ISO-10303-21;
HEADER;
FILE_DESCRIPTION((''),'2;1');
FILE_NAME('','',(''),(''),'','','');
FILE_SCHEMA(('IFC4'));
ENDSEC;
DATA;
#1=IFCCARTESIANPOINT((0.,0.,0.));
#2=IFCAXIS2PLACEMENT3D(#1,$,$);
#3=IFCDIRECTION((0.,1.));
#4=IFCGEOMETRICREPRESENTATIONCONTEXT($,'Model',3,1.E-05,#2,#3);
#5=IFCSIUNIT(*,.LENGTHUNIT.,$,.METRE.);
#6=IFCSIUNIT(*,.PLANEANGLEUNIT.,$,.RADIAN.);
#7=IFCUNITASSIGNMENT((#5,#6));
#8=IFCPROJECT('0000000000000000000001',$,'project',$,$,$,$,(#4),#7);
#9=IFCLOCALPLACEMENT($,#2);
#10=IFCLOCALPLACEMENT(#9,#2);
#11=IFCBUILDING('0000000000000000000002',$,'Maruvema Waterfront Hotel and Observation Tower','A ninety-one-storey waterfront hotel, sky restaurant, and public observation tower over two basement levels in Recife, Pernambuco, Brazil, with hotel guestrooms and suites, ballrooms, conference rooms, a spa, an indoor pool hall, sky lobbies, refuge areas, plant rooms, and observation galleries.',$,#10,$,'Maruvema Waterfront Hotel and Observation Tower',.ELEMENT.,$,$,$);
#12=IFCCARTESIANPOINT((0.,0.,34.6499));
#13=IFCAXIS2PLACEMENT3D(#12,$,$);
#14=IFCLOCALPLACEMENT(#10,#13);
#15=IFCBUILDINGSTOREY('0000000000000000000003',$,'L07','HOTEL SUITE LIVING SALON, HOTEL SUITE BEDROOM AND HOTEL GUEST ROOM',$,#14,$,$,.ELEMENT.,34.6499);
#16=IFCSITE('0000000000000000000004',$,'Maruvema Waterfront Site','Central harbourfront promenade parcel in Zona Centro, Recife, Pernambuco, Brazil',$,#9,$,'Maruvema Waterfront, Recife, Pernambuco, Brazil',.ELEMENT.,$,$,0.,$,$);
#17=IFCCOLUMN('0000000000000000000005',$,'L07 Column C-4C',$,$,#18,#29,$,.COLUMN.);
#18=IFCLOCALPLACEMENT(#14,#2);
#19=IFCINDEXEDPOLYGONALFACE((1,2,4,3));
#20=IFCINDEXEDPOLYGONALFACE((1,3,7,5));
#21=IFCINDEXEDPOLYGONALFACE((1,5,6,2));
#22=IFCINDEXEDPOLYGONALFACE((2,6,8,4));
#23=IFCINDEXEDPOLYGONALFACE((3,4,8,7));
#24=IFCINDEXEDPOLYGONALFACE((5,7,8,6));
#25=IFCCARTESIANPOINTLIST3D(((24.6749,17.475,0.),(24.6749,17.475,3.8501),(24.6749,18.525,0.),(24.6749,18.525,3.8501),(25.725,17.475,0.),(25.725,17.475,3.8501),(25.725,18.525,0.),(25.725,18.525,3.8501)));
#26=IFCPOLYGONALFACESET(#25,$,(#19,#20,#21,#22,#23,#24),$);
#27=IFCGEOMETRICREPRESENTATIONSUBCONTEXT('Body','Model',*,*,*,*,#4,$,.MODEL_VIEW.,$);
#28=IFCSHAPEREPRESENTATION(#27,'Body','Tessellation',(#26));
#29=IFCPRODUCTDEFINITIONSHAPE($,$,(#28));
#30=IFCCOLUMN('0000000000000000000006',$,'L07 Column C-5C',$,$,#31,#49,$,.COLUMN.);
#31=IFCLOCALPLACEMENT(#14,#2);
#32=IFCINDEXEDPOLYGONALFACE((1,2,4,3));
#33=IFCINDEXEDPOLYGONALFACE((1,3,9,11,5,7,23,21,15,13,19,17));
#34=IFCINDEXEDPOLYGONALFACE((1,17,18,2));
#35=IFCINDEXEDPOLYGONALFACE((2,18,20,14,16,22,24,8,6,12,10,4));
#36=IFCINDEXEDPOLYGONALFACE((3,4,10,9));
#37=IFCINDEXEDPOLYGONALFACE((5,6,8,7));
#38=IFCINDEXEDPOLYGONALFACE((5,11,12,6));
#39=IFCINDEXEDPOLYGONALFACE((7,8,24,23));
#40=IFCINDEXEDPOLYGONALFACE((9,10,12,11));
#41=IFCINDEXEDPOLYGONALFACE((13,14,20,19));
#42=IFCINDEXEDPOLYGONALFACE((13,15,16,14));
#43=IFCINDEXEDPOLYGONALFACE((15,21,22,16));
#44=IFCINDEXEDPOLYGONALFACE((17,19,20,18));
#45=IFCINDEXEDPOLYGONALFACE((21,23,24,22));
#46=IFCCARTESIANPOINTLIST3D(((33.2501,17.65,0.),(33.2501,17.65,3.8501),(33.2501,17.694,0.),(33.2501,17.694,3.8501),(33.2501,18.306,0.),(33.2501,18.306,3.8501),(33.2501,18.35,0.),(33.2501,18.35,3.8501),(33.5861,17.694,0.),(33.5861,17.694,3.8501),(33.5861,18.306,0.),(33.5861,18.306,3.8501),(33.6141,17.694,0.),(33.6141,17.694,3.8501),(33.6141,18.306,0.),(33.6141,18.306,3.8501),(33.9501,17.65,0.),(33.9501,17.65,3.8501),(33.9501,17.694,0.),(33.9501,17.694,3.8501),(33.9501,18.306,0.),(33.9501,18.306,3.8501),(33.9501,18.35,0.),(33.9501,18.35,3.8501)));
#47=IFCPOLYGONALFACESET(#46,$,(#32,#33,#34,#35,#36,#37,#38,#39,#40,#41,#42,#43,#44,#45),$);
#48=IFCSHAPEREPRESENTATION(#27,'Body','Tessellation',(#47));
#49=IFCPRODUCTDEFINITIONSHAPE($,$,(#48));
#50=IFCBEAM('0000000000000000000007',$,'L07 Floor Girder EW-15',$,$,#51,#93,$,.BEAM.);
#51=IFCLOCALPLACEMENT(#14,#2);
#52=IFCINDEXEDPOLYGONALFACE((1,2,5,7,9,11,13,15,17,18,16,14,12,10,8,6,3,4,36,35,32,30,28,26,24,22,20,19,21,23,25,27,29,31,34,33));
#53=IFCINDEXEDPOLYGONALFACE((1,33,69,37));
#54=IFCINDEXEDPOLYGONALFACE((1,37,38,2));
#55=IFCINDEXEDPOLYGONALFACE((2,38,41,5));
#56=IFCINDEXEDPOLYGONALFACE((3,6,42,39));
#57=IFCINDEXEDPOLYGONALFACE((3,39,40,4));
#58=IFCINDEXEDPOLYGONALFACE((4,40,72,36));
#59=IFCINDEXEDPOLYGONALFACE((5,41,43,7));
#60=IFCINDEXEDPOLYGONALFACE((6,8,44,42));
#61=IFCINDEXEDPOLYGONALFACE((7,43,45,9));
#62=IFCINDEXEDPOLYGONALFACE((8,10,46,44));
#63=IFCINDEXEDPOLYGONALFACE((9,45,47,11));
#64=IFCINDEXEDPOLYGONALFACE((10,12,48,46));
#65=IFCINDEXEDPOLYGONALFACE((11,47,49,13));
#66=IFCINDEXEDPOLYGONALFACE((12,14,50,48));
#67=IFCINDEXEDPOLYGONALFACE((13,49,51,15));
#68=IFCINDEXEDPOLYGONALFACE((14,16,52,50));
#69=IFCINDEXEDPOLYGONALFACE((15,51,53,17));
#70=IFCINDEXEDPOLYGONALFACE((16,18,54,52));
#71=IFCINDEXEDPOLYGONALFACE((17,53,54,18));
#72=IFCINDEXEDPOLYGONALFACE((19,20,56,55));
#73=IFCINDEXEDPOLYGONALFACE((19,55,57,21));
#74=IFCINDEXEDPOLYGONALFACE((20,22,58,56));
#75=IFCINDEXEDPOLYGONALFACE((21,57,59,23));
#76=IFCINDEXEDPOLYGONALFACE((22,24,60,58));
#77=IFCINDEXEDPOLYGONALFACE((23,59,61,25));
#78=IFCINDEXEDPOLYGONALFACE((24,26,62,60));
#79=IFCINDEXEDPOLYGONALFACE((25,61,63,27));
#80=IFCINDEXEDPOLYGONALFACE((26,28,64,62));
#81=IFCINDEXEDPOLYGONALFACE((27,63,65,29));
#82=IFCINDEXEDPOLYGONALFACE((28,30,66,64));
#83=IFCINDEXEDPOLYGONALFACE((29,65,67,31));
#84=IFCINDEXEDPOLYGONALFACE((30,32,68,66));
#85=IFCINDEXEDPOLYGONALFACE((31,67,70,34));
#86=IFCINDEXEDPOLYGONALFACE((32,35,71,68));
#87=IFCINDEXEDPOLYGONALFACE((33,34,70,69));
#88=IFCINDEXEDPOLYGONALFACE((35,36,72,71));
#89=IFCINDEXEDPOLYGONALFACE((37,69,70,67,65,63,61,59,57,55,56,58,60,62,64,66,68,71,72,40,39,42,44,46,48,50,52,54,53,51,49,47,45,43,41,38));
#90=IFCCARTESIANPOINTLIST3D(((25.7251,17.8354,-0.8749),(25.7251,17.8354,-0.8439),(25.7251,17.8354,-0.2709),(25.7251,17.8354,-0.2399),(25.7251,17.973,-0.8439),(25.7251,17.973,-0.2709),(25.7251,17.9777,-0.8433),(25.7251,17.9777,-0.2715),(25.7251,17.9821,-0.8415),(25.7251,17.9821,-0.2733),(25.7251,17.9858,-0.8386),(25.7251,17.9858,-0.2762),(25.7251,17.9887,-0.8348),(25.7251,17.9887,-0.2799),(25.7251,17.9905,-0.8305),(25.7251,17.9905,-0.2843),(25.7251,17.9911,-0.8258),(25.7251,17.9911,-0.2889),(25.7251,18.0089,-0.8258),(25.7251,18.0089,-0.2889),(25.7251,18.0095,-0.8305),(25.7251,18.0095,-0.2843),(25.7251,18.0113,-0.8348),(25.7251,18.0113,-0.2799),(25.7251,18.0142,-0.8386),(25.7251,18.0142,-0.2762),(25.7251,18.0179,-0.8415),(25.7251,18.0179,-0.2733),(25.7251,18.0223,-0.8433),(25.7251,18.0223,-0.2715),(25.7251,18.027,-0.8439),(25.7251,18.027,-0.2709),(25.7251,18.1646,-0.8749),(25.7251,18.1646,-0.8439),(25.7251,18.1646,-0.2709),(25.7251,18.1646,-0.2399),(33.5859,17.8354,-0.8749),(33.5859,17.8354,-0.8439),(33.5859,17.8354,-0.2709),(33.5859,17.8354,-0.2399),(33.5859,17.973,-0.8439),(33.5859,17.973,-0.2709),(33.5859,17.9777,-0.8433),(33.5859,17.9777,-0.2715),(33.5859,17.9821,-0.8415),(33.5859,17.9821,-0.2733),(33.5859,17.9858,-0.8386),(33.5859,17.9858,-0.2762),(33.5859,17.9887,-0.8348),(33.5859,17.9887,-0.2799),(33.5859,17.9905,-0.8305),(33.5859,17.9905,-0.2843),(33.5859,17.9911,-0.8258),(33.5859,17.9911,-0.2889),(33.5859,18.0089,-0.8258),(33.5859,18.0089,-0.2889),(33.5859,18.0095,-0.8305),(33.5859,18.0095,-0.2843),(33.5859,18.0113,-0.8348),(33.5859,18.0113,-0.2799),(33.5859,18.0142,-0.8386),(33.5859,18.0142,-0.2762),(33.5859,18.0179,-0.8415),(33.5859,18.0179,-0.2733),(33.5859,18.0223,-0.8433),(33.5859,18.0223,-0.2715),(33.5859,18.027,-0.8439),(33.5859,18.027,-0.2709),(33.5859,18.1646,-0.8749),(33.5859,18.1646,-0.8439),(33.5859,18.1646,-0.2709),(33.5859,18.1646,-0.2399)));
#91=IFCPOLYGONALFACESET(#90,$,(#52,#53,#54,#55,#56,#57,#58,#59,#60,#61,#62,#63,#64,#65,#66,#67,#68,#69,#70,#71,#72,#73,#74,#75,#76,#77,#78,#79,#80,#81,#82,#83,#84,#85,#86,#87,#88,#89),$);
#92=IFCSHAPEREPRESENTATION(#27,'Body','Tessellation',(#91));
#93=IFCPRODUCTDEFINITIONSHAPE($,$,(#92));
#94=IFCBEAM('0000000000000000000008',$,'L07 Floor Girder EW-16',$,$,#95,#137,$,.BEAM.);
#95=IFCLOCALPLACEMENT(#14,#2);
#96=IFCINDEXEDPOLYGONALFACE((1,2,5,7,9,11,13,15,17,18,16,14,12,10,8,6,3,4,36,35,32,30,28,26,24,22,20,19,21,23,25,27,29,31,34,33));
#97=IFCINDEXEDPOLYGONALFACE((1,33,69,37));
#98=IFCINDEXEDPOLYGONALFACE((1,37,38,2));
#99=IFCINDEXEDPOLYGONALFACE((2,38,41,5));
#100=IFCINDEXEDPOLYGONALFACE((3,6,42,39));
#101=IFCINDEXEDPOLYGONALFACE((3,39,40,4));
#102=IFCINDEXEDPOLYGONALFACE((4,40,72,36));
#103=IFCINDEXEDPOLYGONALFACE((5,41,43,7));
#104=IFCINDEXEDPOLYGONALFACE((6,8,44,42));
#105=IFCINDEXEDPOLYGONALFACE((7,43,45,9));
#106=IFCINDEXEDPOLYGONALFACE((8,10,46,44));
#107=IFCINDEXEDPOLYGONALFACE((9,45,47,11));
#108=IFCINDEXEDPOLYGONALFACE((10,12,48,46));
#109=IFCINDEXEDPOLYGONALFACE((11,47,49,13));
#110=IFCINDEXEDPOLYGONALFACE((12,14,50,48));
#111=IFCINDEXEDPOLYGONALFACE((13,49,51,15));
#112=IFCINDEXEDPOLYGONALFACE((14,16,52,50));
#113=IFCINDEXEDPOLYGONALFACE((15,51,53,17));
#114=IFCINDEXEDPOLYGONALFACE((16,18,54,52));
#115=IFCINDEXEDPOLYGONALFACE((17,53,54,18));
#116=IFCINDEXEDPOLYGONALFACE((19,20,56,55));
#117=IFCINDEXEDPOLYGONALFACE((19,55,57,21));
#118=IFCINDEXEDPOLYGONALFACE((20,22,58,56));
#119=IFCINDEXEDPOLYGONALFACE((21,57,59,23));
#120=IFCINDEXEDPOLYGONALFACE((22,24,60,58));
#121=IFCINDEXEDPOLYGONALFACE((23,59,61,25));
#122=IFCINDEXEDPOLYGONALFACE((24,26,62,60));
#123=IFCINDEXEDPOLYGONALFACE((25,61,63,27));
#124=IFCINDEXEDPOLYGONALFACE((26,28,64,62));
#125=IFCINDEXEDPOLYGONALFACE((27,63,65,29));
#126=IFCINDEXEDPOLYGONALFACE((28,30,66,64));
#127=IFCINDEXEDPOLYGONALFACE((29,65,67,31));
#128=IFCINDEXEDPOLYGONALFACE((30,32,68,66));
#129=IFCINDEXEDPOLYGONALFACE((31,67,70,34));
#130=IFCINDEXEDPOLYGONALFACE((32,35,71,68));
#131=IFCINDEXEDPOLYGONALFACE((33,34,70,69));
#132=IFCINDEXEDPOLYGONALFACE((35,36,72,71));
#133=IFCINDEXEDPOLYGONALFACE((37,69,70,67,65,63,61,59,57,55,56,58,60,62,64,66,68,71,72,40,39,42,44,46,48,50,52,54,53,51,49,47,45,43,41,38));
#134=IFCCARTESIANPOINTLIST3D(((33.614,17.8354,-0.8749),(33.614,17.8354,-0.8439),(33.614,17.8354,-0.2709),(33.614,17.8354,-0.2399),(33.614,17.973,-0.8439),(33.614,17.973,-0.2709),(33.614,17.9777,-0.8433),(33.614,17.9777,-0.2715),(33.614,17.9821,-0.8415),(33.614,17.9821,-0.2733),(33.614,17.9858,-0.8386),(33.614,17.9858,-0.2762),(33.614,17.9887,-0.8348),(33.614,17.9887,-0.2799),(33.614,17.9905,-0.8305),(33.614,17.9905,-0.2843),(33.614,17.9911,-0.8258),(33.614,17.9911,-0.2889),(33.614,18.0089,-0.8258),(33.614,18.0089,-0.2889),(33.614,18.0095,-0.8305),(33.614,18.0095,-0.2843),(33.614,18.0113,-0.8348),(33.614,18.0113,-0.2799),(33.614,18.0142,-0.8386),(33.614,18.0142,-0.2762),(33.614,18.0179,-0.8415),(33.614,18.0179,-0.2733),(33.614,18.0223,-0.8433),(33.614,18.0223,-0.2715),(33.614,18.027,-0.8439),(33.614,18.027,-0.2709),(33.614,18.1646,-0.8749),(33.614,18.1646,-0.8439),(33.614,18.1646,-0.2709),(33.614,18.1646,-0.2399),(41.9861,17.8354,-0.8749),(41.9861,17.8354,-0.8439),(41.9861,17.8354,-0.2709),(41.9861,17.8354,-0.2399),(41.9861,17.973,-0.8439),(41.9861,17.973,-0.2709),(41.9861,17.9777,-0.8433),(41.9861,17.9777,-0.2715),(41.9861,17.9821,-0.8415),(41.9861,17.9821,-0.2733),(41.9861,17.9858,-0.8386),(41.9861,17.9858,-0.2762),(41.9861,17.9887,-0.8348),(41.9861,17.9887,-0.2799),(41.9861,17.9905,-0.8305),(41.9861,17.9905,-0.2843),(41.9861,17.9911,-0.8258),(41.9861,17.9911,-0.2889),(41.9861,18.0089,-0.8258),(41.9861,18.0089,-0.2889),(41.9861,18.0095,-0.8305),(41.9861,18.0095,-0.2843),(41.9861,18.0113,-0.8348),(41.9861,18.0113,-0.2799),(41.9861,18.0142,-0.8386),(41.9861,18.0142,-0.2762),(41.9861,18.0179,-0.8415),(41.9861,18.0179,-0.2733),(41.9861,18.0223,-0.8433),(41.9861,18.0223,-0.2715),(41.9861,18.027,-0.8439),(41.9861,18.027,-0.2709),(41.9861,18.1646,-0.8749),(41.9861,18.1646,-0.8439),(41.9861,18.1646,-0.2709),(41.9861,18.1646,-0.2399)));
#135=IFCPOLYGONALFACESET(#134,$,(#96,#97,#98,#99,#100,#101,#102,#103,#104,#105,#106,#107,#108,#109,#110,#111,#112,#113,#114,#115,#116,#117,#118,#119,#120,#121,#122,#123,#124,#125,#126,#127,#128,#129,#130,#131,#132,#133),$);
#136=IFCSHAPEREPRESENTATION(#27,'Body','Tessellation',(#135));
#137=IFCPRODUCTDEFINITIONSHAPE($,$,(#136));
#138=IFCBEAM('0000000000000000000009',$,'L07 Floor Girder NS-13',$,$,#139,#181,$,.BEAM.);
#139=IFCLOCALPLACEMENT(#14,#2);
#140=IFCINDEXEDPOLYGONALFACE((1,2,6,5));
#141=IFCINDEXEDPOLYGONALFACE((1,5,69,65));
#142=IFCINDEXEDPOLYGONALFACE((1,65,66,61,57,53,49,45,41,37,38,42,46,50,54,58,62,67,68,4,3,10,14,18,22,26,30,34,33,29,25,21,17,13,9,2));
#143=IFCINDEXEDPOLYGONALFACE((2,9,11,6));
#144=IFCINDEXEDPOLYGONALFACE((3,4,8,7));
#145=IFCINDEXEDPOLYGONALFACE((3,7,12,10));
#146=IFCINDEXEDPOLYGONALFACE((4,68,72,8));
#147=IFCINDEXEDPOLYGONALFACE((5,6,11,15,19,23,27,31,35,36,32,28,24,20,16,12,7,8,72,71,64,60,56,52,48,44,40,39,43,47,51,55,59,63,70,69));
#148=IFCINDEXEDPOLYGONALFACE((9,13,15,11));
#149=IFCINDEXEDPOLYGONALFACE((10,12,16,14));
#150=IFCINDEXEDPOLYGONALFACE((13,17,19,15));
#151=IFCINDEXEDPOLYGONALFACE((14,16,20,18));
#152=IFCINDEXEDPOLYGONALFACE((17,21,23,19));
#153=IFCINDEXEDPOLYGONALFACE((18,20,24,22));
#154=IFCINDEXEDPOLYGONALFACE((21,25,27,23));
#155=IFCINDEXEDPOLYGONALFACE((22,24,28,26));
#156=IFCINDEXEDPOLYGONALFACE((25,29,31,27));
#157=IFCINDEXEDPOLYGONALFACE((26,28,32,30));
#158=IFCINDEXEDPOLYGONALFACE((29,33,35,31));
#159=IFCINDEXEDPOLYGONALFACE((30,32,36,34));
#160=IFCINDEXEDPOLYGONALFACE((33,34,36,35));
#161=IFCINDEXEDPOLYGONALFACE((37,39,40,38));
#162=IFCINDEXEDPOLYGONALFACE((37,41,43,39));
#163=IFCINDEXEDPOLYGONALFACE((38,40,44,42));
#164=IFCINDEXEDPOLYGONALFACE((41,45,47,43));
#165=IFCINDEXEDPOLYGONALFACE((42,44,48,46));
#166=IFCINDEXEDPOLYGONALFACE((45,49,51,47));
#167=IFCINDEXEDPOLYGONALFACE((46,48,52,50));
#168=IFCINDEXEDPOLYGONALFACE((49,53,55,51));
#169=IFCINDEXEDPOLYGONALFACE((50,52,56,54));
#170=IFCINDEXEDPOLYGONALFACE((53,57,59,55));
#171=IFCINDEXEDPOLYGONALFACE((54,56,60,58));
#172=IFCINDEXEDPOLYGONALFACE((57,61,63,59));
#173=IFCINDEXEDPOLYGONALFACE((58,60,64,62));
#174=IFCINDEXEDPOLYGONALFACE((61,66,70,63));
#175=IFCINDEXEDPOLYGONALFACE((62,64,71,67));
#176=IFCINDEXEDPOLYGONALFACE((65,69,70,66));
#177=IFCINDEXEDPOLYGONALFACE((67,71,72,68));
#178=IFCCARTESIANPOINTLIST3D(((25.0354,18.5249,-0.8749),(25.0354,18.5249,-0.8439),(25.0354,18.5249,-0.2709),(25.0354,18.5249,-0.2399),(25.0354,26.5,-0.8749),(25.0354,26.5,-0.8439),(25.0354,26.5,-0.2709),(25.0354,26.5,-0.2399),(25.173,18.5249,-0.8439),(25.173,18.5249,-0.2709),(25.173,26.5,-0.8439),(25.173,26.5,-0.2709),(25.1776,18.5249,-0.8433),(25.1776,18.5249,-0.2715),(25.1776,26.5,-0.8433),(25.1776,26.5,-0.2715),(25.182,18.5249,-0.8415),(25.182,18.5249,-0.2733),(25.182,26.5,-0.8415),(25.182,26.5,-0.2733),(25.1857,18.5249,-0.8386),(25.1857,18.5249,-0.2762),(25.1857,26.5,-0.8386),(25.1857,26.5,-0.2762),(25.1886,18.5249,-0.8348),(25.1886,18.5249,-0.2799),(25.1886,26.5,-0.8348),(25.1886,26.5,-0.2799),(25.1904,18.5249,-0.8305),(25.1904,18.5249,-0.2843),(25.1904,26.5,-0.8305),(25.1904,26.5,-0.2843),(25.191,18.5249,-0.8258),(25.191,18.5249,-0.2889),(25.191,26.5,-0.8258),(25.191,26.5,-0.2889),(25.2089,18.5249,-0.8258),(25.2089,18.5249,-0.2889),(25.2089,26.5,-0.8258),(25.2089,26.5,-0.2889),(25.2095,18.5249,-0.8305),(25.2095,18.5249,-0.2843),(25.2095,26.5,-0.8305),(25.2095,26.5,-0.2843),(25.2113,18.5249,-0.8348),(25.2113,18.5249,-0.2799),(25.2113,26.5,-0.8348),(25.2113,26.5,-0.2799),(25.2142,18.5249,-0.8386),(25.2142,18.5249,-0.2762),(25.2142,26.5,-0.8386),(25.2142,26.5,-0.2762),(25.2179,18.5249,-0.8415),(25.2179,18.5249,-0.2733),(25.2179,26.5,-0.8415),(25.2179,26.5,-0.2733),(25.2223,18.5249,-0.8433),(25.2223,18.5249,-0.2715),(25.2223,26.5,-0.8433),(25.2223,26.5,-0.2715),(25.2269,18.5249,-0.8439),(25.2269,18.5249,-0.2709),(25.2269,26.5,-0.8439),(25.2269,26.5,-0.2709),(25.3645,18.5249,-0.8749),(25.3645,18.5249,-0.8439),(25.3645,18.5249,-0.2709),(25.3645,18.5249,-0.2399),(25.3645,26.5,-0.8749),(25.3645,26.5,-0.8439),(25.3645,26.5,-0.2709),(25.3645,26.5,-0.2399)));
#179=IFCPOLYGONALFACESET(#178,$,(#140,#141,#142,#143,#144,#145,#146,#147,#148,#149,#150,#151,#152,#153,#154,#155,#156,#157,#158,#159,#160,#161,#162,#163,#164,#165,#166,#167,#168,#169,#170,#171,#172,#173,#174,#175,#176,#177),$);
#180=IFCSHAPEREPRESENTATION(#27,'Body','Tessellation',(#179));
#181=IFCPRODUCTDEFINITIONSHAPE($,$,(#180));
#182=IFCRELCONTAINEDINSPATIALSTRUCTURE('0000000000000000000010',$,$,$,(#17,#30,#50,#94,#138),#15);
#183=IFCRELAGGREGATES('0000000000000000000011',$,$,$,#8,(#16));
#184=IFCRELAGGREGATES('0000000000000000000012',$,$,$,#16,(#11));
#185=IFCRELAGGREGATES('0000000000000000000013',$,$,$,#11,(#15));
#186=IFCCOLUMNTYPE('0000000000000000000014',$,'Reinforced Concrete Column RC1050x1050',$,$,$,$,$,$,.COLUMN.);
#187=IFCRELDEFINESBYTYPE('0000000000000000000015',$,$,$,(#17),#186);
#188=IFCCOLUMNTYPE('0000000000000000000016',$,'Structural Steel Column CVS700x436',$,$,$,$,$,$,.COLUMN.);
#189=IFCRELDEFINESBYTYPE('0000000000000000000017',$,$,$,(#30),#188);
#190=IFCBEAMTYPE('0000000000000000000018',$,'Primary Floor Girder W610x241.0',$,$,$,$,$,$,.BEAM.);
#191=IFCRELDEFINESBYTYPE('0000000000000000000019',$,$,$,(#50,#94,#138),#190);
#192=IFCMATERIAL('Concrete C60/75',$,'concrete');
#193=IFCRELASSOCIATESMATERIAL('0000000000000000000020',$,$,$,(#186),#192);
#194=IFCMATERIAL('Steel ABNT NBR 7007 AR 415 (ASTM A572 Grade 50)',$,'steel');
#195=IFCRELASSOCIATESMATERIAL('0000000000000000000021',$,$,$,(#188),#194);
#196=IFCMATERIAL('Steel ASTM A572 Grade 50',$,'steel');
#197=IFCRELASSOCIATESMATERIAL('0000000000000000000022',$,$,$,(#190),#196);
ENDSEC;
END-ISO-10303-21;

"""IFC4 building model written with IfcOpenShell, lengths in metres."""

from ifc_helpers import new_model, si_unit, direction, frame, origin, origin_2d, place, context, subcontext, project, spatial, rectangle, i_section, extrude, material, material_profile, profile_set, type_object, element, save


model = new_model("IFC4")

# Units and contexts
model_context = context("Model", 3, precision=1e-05, world=origin(), true_north=direction((0.0, 1.0)))
body_context = subcontext(model_context, "Body", "Model", "MODEL_VIEW")
ifc_project = project(units=[si_unit("LENGTHUNIT", "METRE"), si_unit("PLANEANGLEUNIT", "RADIAN")], contexts=[model_context])

# Site, building, storey
site_placement = place(None, origin())
site = spatial("IfcSite", under=ifc_project, at=site_placement, Name="Maruvema Waterfront Site", Description="Central harbourfront promenade parcel in Zona Centro, Recife, Pernambuco, Brazil", LongName="Maruvema Waterfront, Recife, Pernambuco, Brazil", CompositionType="ELEMENT", RefElevation=0.0)
building_placement = place(site_placement, origin())
building = spatial("IfcBuilding", under=site, at=building_placement, Name="Maruvema Waterfront Hotel and Observation Tower", Description="A ninety-one-storey waterfront hotel, sky restaurant, and public observation tower over two basement levels in Recife, Pernambuco, Brazil, with hotel guestrooms and suites, ballrooms, conference rooms, a spa, an indoor pool hall, sky lobbies, refuge areas, plant rooms, and observation galleries.", LongName="Maruvema Waterfront Hotel and Observation Tower", CompositionType="ELEMENT")
storey_placement = place(building_placement, frame((0.0, 0.0, 34.6499)))
storey = spatial("IfcBuildingStorey", under=building, at=storey_placement, Name="L07", Description="HOTEL SUITE LIVING SALON, HOTEL SUITE BEDROOM AND HOTEL GUEST ROOM", CompositionType="ELEMENT", Elevation=34.6499)

# Columns
ifc_material_1 = material(Name="Concrete C60/75", Category="concrete")
ifc_material_profile_1 = material_profile(ifc_material_1, rectangle(XDim=1.05, YDim=1.05, at=origin_2d()), Name="RC1050x1050")
ifc_profile_set_1 = profile_set([ifc_material_profile_1], Name="Concrete C60/75")
column_type_1 = type_object("IfcColumnType", Name="Reinforced Concrete Column RC1050x1050", PredefinedType="COLUMN", material=ifc_profile_set_1)
column_1_placement = place(storey_placement, frame((25.2, 18.0, 0.0), z_axis=(0.0, 0.0, 1.0), x_axis=(1.0, 0.0, 0.0)))
element("IfcColumn", 1, at=column_1_placement, inside=storey, type_object=column_type_1, Name="L07 Column C-4C", PredefinedType="COLUMN", context=body_context, shape_type="SweptSolid", body=[
    extrude(rectangle(XDim=1.05, YDim=1.05, at=origin_2d()), origin(), (0.0, 0.0, 1.0), 3.8501),
])
ifc_material_2 = material(Name="Steel ABNT NBR 7007 AR 415 (ASTM A572 Grade 50)", Category="steel")
ifc_material_profile_2 = material_profile(ifc_material_2, i_section(OverallWidth=0.7, OverallDepth=0.7, WebThickness=0.0281, FlangeThickness=0.0439, at=origin_2d()), Name="CVS700x436")
ifc_profile_set_2 = profile_set([ifc_material_profile_2], Name="Steel ABNT NBR 7007 AR 415 (ASTM A572 Grade 50)")
column_type_2 = type_object("IfcColumnType", Name="Structural Steel Column CVS700x436", PredefinedType="COLUMN", material=ifc_profile_set_2)
column_2_placement = place(storey_placement, frame((33.6001, 18.0, 0.0), z_axis=(0.0, 0.0, 1.0), x_axis=(1.0, 0.0, 0.0)))
element("IfcColumn", 2, at=column_2_placement, inside=storey, type_object=column_type_2, Name="L07 Column C-5C", PredefinedType="COLUMN", context=body_context, shape_type="SweptSolid", body=[
    extrude(i_section(OverallWidth=0.7, OverallDepth=0.7, WebThickness=0.0281, FlangeThickness=0.0439, at=origin_2d()), origin(), (0.0, 0.0, 1.0), 3.8501),
])

# Beams
ifc_material_3 = material(Name="Steel ASTM A572 Grade 50", Category="steel")
ifc_material_profile_3 = material_profile(ifc_material_3, i_section(OverallWidth=0.3291, OverallDepth=0.635, WebThickness=0.0178, FlangeThickness=0.031, FilletRadius=0.0181, at=origin_2d()), Name="W610x241.0")
ifc_profile_set_3 = profile_set([ifc_material_profile_3], Name="Steel ASTM A572 Grade 50")
beam_type_1 = type_object("IfcBeamType", Name="Primary Floor Girder W610x241.0", PredefinedType="BEAM", material=ifc_profile_set_3)
beam_1_placement = place(storey_placement, frame((25.7251, 18.0, -0.5574), z_axis=(1.0, 0.0, 0.0), x_axis=(0.0, 1.0, 0.0)))
element("IfcBeam", 3, at=beam_1_placement, inside=storey, type_object=beam_type_1, Name="L07 Floor Girder EW-15", PredefinedType="BEAM", context=body_context, shape_type="SweptSolid", body=[
    extrude(i_section(OverallWidth=0.3291, OverallDepth=0.635, WebThickness=0.0178, FlangeThickness=0.031, FilletRadius=0.0181, at=origin_2d()), origin(), (0.0, 0.0, 1.0), 7.8608),
])
beam_2_placement = place(storey_placement, frame((33.614, 18.0, -0.5574), z_axis=(1.0, 0.0, 0.0), x_axis=(0.0, 1.0, 0.0)))
element("IfcBeam", 4, at=beam_2_placement, inside=storey, type_object=beam_type_1, Name="L07 Floor Girder EW-16", PredefinedType="BEAM", context=body_context, shape_type="SweptSolid", body=[
    extrude(i_section(OverallWidth=0.3291, OverallDepth=0.635, WebThickness=0.0178, FlangeThickness=0.031, FilletRadius=0.0181, at=origin_2d()), origin(), (0.0, 0.0, 1.0), 8.3721),
])
beam_3_placement = place(storey_placement, frame((25.2, 18.5249, -0.5574), z_axis=(0.0, 1.0, 0.0), x_axis=(-1.0, 0.0, 0.0)))
element("IfcBeam", 5, at=beam_3_placement, inside=storey, type_object=beam_type_1, Name="L07 Floor Girder NS-13", PredefinedType="BEAM", context=body_context, shape_type="SweptSolid", body=[
    extrude(i_section(OverallWidth=0.3291, OverallDepth=0.635, WebThickness=0.0178, FlangeThickness=0.031, FilletRadius=0.0181, at=origin_2d()), origin(), (0.0, 0.0, 1.0), 7.9751),
])

save(model, "model.ifc")
